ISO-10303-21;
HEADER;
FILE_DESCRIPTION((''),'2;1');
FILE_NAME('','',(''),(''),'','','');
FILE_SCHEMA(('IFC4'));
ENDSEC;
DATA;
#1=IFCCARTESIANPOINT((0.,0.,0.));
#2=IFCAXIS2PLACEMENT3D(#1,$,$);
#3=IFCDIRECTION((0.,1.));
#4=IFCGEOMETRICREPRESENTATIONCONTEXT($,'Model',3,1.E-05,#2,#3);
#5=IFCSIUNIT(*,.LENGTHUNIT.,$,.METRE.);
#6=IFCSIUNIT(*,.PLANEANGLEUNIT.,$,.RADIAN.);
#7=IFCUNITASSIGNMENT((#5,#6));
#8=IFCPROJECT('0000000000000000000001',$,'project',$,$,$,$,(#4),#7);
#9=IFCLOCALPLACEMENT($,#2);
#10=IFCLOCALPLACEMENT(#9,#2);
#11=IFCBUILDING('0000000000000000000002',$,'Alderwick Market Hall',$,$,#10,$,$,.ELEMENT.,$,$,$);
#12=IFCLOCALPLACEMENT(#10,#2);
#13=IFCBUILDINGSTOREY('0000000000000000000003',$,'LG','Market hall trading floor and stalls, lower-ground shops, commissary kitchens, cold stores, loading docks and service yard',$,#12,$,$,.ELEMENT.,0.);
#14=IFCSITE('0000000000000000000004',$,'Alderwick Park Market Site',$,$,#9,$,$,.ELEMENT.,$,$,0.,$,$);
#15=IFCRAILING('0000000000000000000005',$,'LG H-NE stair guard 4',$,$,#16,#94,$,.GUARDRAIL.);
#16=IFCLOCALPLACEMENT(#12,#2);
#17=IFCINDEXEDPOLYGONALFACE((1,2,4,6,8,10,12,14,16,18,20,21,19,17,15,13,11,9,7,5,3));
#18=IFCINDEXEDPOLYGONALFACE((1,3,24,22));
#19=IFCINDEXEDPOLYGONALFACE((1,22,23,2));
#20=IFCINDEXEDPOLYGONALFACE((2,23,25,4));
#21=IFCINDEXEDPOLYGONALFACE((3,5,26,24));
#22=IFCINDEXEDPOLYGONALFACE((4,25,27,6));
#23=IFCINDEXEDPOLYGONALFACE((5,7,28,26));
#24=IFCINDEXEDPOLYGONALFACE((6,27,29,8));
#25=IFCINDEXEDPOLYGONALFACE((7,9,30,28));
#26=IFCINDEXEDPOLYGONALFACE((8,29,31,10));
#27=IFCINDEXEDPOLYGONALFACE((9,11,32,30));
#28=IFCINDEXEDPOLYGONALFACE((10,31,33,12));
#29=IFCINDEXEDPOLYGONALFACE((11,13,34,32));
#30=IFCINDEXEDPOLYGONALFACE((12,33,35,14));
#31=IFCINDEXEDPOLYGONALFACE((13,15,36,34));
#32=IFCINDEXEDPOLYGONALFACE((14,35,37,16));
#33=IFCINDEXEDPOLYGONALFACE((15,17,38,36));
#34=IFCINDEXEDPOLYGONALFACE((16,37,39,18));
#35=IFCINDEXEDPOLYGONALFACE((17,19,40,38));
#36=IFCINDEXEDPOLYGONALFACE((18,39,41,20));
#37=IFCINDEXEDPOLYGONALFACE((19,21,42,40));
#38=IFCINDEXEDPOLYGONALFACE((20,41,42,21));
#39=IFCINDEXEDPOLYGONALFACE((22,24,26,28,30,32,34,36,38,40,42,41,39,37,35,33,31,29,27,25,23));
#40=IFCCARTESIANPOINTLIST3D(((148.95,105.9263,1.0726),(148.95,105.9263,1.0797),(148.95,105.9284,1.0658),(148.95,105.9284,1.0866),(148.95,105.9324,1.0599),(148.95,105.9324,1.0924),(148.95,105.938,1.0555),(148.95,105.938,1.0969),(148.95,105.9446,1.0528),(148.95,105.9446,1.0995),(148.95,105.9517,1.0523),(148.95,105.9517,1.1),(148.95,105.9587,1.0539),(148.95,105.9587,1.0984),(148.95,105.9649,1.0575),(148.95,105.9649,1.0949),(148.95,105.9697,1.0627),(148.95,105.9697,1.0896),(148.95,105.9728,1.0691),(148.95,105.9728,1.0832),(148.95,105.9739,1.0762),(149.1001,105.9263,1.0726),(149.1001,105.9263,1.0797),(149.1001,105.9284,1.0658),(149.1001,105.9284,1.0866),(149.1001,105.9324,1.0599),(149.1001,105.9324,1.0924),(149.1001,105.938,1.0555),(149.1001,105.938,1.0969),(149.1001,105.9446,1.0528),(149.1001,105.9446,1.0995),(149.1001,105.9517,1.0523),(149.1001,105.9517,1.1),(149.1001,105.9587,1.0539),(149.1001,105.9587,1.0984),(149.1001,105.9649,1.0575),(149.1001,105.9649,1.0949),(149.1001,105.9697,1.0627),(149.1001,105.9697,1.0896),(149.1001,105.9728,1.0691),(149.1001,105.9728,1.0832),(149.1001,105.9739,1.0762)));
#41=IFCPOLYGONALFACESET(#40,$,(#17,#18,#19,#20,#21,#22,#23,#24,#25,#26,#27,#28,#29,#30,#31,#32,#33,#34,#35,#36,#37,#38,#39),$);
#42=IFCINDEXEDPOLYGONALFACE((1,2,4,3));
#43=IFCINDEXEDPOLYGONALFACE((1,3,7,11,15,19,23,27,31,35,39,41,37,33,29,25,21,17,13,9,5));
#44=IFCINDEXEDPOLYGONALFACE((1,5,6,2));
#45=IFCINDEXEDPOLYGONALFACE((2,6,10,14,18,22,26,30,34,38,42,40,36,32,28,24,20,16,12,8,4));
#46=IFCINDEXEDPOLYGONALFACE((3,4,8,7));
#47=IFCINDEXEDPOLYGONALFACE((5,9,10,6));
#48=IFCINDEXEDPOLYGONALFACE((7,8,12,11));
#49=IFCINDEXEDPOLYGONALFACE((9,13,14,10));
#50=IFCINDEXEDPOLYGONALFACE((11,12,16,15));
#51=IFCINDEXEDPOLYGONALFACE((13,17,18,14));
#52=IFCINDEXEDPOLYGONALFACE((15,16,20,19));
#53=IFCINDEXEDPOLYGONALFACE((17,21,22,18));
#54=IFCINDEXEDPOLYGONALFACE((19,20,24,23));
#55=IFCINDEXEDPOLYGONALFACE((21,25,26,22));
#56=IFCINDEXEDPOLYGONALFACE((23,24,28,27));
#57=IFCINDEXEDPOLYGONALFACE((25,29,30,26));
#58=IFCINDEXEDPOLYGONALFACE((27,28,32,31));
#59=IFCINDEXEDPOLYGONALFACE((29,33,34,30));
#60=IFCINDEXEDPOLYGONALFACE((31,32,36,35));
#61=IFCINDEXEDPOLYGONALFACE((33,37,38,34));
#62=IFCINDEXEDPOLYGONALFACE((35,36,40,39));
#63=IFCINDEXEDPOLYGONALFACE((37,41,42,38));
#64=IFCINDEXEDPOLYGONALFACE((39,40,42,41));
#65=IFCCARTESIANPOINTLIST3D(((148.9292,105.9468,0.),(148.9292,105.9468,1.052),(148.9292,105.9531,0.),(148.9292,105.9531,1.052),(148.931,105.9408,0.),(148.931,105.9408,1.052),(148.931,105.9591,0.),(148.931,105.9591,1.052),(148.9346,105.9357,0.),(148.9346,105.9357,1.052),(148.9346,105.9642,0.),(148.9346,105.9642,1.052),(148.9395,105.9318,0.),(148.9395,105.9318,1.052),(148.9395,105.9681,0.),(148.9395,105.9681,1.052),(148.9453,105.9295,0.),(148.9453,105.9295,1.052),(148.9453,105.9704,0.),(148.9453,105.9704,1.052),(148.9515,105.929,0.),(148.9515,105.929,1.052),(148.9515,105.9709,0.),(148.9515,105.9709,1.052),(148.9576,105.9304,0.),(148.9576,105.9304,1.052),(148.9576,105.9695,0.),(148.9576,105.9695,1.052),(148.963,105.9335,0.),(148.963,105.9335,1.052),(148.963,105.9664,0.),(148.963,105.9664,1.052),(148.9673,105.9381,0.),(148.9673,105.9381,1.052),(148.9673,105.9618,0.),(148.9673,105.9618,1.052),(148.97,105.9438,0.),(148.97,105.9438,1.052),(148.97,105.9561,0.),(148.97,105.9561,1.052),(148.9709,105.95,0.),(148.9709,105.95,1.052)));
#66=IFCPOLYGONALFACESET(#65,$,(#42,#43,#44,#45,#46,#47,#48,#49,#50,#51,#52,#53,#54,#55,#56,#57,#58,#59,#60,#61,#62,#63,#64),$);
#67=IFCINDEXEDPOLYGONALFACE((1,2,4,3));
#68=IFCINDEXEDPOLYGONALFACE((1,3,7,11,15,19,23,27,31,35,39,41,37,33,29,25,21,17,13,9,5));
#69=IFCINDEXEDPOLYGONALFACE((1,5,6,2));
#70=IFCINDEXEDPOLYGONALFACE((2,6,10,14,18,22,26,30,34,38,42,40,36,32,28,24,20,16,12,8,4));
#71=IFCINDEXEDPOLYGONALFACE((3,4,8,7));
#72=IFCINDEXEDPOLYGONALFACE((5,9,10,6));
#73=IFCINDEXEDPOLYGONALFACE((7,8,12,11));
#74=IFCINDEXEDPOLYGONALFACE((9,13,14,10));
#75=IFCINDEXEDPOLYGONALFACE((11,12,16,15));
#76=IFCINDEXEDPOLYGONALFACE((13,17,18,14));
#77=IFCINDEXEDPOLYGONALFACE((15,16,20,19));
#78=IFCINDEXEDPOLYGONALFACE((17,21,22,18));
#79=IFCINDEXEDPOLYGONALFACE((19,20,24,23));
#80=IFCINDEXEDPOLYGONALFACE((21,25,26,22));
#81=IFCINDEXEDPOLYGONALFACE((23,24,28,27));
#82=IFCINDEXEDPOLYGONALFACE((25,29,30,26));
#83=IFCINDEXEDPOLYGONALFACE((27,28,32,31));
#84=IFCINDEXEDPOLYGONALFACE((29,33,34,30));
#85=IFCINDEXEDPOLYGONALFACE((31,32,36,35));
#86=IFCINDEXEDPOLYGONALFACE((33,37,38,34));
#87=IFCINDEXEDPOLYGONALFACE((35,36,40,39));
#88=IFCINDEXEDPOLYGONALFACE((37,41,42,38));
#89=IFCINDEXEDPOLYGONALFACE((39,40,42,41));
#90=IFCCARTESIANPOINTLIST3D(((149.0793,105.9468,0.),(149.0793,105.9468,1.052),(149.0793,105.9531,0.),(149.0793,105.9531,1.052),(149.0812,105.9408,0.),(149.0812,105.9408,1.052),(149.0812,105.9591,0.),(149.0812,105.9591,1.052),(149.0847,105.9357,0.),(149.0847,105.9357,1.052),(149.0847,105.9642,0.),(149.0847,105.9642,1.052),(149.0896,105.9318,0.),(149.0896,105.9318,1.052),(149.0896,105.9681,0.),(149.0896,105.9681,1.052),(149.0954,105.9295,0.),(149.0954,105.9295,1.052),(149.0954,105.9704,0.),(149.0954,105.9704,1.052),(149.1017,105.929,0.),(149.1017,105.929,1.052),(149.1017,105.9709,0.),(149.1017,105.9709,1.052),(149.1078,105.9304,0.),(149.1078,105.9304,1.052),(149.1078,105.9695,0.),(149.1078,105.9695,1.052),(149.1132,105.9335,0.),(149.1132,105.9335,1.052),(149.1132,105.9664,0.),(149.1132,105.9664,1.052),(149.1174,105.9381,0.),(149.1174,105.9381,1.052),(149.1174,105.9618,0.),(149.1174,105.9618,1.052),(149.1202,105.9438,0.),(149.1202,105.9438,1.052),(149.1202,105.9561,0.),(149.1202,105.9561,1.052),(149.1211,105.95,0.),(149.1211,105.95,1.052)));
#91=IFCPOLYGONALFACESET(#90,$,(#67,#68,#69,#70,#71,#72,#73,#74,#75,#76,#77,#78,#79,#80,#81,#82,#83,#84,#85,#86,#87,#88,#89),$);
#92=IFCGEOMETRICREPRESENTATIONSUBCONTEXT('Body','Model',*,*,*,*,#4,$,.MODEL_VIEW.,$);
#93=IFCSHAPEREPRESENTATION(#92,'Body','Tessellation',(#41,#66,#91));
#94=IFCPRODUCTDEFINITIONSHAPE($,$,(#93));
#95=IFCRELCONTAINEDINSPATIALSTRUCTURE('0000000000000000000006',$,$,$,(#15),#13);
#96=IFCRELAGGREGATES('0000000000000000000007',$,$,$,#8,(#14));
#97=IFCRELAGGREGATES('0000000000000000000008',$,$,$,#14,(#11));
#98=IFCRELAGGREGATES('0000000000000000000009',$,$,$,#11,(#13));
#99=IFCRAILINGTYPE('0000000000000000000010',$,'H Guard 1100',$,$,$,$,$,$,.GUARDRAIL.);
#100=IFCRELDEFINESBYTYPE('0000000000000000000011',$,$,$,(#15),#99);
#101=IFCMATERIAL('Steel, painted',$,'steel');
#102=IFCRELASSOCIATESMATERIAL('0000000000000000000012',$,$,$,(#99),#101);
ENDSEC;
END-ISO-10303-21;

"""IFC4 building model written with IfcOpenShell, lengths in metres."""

from ifc_helpers import new_model, si_unit, direction, frame, origin, origin_2d, place, context, subcontext, project, spatial, circle, extrude, material, type_object, element, save


model = new_model("IFC4")

# Units and contexts
model_context = context("Model", 3, precision=1e-05, world=origin(), true_north=direction((0.0, 1.0)))
body_context = subcontext(model_context, "Body", "Model", "MODEL_VIEW")
ifc_project = project(units=[si_unit("LENGTHUNIT", "METRE"), si_unit("PLANEANGLEUNIT", "RADIAN")], contexts=[model_context])

# Site, building, storey
site_placement = place(None, origin())
site = spatial("IfcSite", under=ifc_project, at=site_placement, Name="Alderwick Park Market Site", CompositionType="ELEMENT", RefElevation=0.0)
building_placement = place(site_placement, origin())
building = spatial("IfcBuilding", under=site, at=building_placement, Name="Alderwick Market Hall", CompositionType="ELEMENT")
storey_placement = place(building_placement, origin())
storey = spatial("IfcBuildingStorey", under=building, at=storey_placement, Name="LG", Description="Market hall trading floor and stalls, lower-ground shops, commissary kitchens, cold stores, loading docks and service yard", CompositionType="ELEMENT", Elevation=0.0)

# Railing
ifc_material_1 = material(Name="Steel, painted", Category="steel")
railing_type_1 = type_object("IfcRailingType", Name="H Guard 1100", PredefinedType="GUARDRAIL", material=ifc_material_1)
railing_1_placement = place(storey_placement, frame((148.95, 105.95, 0.0)))
element("IfcRailing", 1, at=railing_1_placement, inside=storey, type_object=railing_type_1, Name="LG H-NE stair guard 4", PredefinedType="GUARDRAIL", context=body_context, shape_type="SweptSolid", body=[
    extrude(circle(Radius=0.0239, at=origin_2d()), frame((0.0, 0.0, 1.0762), z_axis=(1.0, 0.0, 0.0), x_axis=(0.0, 1.0, 0.0)), (0.0, 0.0, 1.0), 0.1501),
    extrude(circle(Radius=0.021, at=origin_2d()), origin(), (0.0, 0.0, 1.0), 1.052),
    extrude(circle(Radius=0.021, at=origin_2d()), frame((0.1501, 0.0, 0.0)), (0.0, 0.0, 1.0), 1.052),
])

save(model, "model.ifc")
